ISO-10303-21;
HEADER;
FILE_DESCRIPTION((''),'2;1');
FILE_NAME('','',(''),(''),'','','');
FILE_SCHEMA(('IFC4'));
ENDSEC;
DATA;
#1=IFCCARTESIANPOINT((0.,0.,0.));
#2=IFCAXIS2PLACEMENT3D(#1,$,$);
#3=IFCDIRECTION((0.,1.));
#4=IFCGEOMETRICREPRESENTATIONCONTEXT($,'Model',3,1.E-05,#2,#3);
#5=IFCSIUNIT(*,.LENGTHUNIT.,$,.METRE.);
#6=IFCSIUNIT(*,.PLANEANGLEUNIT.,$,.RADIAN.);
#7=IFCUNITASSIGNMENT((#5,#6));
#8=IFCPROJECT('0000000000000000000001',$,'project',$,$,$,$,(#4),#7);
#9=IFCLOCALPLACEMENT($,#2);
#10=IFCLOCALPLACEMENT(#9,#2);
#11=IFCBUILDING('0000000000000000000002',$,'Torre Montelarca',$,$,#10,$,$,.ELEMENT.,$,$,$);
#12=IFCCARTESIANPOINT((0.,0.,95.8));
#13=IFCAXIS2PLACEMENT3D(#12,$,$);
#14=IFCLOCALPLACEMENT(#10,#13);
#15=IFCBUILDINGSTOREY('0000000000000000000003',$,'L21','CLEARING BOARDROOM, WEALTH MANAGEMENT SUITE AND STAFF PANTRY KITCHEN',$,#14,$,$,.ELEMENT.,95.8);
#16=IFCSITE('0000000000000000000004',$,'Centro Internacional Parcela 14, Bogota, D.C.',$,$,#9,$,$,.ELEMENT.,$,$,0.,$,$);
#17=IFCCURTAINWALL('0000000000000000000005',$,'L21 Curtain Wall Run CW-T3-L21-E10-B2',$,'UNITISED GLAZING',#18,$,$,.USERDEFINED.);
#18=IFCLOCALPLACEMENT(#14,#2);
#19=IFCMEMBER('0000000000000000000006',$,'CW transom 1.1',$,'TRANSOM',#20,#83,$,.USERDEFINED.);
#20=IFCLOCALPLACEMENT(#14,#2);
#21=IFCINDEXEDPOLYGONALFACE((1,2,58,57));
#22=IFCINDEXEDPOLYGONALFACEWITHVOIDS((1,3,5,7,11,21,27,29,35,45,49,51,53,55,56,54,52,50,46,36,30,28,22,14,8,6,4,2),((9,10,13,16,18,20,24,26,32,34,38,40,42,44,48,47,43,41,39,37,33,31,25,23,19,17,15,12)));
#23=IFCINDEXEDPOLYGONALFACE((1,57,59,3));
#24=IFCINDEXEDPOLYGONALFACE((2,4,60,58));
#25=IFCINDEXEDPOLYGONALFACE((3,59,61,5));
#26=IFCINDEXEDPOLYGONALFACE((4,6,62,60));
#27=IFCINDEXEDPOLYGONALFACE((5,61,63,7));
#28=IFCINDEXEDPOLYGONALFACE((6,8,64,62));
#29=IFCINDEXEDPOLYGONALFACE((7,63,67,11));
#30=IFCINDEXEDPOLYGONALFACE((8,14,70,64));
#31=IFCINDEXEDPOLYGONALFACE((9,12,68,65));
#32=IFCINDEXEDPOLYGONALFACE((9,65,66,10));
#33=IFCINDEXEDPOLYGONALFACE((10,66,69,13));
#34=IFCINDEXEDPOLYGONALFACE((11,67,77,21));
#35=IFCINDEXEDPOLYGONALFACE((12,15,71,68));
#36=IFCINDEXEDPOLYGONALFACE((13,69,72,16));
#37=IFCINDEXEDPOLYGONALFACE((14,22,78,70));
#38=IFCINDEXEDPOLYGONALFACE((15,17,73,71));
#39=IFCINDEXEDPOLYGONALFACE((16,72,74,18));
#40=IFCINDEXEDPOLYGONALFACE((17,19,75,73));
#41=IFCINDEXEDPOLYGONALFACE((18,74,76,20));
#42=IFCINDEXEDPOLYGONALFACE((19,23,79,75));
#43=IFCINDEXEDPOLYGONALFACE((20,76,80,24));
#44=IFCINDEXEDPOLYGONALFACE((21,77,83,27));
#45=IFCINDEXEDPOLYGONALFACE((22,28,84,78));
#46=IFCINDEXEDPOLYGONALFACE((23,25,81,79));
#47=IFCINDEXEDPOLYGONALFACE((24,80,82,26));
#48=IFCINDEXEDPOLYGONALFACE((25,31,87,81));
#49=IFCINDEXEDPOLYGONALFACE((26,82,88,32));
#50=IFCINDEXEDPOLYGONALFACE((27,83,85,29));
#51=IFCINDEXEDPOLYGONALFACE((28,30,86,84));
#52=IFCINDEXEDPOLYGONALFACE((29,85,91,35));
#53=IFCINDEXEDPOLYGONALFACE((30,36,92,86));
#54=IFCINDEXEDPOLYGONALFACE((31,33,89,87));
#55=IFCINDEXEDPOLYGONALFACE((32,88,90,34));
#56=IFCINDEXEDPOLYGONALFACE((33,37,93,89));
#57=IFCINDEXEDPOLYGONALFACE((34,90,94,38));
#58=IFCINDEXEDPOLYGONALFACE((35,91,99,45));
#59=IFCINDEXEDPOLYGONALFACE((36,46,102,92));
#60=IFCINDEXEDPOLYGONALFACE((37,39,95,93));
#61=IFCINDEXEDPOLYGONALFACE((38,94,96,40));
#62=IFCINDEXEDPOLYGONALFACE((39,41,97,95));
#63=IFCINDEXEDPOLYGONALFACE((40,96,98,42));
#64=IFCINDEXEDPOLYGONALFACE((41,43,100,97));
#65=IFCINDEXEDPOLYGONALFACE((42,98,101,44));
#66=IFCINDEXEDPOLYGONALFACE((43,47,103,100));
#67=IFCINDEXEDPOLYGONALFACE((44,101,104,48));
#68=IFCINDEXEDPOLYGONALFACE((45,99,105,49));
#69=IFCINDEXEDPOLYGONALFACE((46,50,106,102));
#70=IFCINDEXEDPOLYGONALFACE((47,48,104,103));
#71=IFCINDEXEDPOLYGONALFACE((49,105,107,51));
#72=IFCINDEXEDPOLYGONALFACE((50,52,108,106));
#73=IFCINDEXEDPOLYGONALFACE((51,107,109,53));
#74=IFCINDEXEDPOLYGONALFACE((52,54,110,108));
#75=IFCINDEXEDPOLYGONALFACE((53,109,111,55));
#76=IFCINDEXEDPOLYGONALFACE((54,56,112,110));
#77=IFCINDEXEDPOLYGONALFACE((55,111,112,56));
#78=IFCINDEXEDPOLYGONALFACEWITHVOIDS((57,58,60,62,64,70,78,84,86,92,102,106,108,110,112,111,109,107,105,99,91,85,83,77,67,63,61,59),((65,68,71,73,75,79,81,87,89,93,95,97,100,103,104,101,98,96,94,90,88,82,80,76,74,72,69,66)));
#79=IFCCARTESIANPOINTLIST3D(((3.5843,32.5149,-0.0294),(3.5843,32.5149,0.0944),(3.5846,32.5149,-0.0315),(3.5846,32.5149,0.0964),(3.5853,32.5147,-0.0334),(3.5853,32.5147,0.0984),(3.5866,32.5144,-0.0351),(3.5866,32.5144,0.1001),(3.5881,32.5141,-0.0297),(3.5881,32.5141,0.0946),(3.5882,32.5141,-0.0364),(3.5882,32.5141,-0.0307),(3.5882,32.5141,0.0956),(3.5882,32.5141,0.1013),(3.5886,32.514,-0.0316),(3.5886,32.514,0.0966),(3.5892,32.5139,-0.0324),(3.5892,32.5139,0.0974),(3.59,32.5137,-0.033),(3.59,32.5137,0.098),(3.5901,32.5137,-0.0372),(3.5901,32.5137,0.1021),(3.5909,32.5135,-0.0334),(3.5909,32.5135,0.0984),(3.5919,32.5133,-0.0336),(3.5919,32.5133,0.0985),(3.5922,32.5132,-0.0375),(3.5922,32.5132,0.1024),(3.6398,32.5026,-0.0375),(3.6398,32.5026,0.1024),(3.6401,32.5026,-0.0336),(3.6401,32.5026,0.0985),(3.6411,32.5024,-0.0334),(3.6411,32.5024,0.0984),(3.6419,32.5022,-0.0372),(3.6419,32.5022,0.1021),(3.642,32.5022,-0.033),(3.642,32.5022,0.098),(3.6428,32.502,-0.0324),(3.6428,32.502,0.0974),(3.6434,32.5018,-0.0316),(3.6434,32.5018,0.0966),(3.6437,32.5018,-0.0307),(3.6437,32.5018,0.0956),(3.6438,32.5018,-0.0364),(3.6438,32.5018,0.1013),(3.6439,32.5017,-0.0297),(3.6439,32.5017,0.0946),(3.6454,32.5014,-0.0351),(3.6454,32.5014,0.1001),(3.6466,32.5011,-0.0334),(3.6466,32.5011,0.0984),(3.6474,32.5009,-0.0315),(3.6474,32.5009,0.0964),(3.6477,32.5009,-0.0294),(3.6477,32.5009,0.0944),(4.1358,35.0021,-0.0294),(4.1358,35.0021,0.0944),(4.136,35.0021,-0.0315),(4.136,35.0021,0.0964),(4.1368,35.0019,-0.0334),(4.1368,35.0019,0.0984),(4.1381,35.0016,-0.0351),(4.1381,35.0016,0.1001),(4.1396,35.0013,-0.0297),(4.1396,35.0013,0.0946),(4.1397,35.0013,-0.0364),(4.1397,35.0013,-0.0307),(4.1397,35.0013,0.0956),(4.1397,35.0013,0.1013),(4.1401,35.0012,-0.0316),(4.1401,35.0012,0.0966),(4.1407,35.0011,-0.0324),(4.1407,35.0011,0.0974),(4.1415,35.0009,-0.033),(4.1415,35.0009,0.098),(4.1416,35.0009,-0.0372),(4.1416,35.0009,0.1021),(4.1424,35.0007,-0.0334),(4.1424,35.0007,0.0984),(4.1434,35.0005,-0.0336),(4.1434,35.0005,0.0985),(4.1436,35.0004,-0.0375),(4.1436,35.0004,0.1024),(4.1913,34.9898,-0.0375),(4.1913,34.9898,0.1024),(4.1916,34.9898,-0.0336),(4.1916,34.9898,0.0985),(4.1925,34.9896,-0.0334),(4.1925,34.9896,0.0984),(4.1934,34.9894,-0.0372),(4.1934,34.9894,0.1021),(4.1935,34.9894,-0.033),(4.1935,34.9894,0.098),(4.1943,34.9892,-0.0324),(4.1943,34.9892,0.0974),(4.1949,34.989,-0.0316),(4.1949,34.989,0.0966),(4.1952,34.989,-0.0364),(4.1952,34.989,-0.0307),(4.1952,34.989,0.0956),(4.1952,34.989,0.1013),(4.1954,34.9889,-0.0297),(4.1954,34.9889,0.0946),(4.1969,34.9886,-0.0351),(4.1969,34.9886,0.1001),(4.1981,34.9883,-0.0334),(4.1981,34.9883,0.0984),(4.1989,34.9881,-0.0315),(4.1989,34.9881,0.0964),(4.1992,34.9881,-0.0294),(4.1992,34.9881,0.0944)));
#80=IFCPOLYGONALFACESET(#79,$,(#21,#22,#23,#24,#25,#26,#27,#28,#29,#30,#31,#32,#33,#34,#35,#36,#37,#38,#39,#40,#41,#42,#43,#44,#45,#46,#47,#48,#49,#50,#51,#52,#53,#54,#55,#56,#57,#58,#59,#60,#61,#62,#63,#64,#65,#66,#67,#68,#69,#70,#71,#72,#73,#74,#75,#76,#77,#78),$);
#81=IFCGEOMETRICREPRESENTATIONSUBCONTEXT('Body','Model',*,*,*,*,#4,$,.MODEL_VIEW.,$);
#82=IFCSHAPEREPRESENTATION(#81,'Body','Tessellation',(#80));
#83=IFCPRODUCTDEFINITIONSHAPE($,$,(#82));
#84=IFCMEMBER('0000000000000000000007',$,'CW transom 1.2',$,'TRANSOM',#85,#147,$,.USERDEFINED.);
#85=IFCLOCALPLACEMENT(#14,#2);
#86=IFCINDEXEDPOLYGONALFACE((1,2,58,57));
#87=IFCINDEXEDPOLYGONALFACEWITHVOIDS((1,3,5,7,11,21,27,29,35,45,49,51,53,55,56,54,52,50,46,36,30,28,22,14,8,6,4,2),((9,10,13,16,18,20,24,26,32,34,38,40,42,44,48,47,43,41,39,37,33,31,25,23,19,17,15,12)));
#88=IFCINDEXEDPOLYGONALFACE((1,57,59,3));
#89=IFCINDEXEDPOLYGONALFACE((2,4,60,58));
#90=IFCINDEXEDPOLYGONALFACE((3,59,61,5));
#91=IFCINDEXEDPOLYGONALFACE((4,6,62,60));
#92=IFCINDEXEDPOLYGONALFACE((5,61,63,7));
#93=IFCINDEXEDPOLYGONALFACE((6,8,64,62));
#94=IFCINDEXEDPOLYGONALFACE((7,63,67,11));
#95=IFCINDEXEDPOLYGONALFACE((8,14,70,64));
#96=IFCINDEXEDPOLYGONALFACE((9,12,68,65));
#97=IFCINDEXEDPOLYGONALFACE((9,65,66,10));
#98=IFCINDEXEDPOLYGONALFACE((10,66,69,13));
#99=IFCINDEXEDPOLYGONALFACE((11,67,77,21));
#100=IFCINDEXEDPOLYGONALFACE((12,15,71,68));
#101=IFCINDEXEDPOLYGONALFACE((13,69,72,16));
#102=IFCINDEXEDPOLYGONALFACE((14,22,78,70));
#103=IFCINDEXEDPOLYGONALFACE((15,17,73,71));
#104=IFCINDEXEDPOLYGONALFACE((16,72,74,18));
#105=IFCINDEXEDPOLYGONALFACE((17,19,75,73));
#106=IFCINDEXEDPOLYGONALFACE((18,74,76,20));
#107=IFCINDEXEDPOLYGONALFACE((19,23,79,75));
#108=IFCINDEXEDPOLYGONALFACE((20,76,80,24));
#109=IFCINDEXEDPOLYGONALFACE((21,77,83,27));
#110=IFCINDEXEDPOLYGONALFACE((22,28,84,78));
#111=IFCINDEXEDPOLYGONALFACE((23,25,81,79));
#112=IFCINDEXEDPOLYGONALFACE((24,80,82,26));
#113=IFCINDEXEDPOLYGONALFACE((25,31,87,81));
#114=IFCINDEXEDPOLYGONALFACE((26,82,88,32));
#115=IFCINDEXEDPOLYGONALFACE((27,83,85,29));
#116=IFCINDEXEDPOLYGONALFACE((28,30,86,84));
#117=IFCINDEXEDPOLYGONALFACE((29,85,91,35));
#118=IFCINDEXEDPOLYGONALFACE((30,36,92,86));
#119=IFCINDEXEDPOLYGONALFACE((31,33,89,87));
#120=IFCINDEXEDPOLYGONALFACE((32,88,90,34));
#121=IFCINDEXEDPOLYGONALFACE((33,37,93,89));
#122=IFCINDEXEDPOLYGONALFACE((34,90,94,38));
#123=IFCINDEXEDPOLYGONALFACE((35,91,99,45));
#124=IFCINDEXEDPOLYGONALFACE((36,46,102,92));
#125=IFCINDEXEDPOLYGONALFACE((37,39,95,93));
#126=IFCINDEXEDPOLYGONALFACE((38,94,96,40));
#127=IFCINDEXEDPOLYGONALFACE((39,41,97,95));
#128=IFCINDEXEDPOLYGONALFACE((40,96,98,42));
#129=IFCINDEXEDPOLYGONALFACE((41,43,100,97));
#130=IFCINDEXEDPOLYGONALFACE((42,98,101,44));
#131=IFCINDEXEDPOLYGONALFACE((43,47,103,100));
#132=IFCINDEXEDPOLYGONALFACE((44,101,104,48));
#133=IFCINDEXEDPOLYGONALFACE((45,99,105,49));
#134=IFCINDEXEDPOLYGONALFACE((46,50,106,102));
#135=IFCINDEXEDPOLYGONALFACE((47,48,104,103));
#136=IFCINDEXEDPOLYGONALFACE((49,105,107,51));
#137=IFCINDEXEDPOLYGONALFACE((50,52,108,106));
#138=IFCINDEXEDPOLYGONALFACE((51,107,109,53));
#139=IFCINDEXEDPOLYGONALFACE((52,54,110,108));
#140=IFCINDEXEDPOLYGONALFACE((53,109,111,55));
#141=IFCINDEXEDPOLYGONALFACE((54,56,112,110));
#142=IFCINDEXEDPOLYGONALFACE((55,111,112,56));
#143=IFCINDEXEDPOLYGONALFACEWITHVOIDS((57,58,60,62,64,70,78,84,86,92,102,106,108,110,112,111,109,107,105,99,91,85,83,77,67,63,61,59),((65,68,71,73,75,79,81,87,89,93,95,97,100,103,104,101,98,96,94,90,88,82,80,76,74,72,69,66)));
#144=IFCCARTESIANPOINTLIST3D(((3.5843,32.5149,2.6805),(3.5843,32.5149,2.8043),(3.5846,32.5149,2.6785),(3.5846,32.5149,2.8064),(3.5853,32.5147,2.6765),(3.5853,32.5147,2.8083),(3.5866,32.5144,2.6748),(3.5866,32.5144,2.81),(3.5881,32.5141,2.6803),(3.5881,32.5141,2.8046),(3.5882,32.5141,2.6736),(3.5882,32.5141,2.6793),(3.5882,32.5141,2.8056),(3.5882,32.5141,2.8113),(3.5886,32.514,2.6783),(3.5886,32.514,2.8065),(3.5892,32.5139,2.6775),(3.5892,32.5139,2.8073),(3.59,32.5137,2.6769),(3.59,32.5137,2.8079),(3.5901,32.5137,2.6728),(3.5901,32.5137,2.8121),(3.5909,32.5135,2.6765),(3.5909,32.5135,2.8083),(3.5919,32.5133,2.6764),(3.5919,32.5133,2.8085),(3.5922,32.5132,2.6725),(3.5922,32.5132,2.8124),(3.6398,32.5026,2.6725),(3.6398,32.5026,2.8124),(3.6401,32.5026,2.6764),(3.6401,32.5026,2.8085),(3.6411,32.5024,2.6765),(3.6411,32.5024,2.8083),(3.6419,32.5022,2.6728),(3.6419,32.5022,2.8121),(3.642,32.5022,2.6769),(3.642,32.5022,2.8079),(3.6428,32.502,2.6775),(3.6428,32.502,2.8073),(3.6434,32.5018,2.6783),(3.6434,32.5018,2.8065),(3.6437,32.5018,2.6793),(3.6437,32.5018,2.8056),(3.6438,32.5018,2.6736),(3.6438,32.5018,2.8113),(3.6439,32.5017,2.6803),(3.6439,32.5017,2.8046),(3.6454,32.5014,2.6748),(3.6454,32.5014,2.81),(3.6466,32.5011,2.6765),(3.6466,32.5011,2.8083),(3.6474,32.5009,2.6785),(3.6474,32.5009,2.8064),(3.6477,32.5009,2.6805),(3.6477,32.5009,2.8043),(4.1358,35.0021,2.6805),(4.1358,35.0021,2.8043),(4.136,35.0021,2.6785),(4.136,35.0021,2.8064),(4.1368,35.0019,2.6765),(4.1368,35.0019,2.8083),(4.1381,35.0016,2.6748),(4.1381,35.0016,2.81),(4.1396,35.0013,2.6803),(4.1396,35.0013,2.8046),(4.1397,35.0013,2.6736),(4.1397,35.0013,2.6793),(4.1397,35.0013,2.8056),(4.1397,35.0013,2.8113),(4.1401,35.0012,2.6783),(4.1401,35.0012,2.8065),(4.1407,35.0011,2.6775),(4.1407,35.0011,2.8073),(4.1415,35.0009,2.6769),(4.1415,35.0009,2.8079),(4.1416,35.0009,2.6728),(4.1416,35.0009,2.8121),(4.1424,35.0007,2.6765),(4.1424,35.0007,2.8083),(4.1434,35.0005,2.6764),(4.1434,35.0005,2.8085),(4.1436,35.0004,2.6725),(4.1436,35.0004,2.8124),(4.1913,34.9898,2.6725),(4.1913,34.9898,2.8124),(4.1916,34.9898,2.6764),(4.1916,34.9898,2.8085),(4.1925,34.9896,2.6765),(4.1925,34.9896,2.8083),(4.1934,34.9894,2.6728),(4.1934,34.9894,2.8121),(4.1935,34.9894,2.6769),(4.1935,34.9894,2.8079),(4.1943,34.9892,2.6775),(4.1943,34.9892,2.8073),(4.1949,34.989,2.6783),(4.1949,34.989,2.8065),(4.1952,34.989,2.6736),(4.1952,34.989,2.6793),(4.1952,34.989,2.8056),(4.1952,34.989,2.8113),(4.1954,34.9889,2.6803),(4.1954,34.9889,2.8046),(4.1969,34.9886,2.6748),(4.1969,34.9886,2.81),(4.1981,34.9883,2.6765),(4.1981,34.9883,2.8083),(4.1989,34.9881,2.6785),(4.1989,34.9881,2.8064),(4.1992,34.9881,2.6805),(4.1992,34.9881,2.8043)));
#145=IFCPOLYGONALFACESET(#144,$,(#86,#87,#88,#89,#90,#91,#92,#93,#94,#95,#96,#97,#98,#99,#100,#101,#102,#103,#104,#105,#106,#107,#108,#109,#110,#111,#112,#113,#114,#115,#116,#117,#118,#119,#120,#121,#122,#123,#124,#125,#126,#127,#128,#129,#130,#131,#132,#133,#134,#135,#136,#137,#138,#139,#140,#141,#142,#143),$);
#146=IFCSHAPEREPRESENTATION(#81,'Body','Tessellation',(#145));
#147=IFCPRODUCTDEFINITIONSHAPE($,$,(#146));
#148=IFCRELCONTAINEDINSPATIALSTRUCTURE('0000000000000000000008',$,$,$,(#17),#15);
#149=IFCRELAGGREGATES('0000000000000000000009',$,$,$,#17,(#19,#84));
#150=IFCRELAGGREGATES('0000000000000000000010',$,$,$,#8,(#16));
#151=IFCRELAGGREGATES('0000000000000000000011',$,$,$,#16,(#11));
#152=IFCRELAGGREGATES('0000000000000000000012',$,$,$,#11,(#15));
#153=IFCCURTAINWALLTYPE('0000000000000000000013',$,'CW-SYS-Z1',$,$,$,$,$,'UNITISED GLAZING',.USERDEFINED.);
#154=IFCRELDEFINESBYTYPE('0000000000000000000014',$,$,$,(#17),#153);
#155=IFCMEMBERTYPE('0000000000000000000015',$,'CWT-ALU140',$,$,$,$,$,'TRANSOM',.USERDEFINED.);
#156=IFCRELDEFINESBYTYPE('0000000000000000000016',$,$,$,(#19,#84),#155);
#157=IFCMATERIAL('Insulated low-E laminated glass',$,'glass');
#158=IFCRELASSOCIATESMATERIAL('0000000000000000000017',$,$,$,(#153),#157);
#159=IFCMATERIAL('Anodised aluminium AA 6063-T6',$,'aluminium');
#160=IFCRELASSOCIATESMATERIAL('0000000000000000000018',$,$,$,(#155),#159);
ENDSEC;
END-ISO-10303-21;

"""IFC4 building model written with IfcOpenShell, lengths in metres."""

from ifc_helpers import new_model, si_unit, direction, frame, origin, origin_2d, place, context, subcontext, project, spatial, hollow_rectangle, extrude, source, transform, mapped, material, material_profile, profile_set, type_object, element, aggregate, save


model = new_model("IFC4")

# Units and contexts
model_context = context("Model", 3, precision=1e-05, world=origin(), true_north=direction((0.0, 1.0)))
body_context = subcontext(model_context, "Body", "Model", "MODEL_VIEW")
ifc_project = project(units=[si_unit("LENGTHUNIT", "METRE"), si_unit("PLANEANGLEUNIT", "RADIAN")], contexts=[model_context])

# Site, building, storey
site_placement = place(None, origin())
site = spatial("IfcSite", under=ifc_project, at=site_placement, Name="Centro Internacional Parcela 14, Bogota, D.C.", CompositionType="ELEMENT", RefElevation=0.0)
building_placement = place(site_placement, origin())
building = spatial("IfcBuilding", under=site, at=building_placement, Name="Torre Montelarca", CompositionType="ELEMENT")
storey_placement = place(building_placement, frame((0.0, 0.0, 95.8)))
storey = spatial("IfcBuildingStorey", under=building, at=storey_placement, Name="L21", Description="CLEARING BOARDROOM, WEALTH MANAGEMENT SUITE AND STAFF PANTRY KITCHEN", CompositionType="ELEMENT", Elevation=95.8)

# Curtain wall, members
ifc_material_1 = material(Name="Insulated low-E laminated glass", Category="glass")
curtain_wall_type = type_object("IfcCurtainWallType", Name="CW-SYS-Z1", ElementType="UNITISED GLAZING", PredefinedType="USERDEFINED", material=ifc_material_1)
curtain_wall_1_placement = place(storey_placement, origin())
curtain_wall_1 = element("IfcCurtainWall", 1, at=curtain_wall_1_placement, inside=storey, type_object=curtain_wall_type, Name="L21 Curtain Wall Run CW-T3-L21-E10-B2", ObjectType="UNITISED GLAZING", PredefinedType="USERDEFINED")
ifc_material_2 = material(Name="Anodised aluminium AA 6063-T6", Category="aluminium")
ifc_material_profile_1 = material_profile(ifc_material_2, hollow_rectangle(XDim=0.0649, YDim=0.1399, WallThickness=0.0039, InnerFilletRadius=0.0039, OuterFilletRadius=0.0081, at=origin_2d()), Name="ALU65X140X4", Category="aluminium")
ifc_profile_set_1 = profile_set([ifc_material_profile_1], Name="Anodised aluminium AA 6063-T6")
member_type_1 = type_object("IfcMemberType", Name="CWT-ALU140", ElementType="TRANSOM", PredefinedType="USERDEFINED", material=ifc_profile_set_1)
shared_shape_1 = source(origin(), body_context, "Body", "SweptSolid", [
    extrude(hollow_rectangle(XDim=0.0649, YDim=0.1399, WallThickness=0.0039, InnerFilletRadius=0.0039, OuterFilletRadius=0.0081, at=origin_2d()), origin(), (0.0, 0.0, 1.0), 2.5476),
])
member_1_placement = place(storey_placement, frame((4.1675, 34.9951, 0.0325), z_axis=(-0.216474, -0.976288, 0.0), x_axis=(0.976288, -0.216474, 0.0)))
member_1 = element("IfcMember", 2, at=member_1_placement, type_object=member_type_1, Name="CW transom 1.1", ObjectType="TRANSOM", PredefinedType="USERDEFINED", context=body_context, shape_type="MappedRepresentation", body=[
    mapped(shared_shape_1, transform((0.0, 0.0, 0.0), scale=1.0)),
])
member_2_placement = place(storey_placement, frame((4.1675, 34.9951, 2.7424), z_axis=(-0.216474, -0.976288, 0.0), x_axis=(0.976288, -0.216474, 0.0)))
member_2 = element("IfcMember", 3, at=member_2_placement, type_object=member_type_1, Name="CW transom 1.2", ObjectType="TRANSOM", PredefinedType="USERDEFINED", context=body_context, shape_type="MappedRepresentation", body=[
    mapped(shared_shape_1, transform((0.0, 0.0, 0.0), scale=1.0)),
])

aggregate(curtain_wall_1, [member_1, member_2])

save(model, "model.ifc")
